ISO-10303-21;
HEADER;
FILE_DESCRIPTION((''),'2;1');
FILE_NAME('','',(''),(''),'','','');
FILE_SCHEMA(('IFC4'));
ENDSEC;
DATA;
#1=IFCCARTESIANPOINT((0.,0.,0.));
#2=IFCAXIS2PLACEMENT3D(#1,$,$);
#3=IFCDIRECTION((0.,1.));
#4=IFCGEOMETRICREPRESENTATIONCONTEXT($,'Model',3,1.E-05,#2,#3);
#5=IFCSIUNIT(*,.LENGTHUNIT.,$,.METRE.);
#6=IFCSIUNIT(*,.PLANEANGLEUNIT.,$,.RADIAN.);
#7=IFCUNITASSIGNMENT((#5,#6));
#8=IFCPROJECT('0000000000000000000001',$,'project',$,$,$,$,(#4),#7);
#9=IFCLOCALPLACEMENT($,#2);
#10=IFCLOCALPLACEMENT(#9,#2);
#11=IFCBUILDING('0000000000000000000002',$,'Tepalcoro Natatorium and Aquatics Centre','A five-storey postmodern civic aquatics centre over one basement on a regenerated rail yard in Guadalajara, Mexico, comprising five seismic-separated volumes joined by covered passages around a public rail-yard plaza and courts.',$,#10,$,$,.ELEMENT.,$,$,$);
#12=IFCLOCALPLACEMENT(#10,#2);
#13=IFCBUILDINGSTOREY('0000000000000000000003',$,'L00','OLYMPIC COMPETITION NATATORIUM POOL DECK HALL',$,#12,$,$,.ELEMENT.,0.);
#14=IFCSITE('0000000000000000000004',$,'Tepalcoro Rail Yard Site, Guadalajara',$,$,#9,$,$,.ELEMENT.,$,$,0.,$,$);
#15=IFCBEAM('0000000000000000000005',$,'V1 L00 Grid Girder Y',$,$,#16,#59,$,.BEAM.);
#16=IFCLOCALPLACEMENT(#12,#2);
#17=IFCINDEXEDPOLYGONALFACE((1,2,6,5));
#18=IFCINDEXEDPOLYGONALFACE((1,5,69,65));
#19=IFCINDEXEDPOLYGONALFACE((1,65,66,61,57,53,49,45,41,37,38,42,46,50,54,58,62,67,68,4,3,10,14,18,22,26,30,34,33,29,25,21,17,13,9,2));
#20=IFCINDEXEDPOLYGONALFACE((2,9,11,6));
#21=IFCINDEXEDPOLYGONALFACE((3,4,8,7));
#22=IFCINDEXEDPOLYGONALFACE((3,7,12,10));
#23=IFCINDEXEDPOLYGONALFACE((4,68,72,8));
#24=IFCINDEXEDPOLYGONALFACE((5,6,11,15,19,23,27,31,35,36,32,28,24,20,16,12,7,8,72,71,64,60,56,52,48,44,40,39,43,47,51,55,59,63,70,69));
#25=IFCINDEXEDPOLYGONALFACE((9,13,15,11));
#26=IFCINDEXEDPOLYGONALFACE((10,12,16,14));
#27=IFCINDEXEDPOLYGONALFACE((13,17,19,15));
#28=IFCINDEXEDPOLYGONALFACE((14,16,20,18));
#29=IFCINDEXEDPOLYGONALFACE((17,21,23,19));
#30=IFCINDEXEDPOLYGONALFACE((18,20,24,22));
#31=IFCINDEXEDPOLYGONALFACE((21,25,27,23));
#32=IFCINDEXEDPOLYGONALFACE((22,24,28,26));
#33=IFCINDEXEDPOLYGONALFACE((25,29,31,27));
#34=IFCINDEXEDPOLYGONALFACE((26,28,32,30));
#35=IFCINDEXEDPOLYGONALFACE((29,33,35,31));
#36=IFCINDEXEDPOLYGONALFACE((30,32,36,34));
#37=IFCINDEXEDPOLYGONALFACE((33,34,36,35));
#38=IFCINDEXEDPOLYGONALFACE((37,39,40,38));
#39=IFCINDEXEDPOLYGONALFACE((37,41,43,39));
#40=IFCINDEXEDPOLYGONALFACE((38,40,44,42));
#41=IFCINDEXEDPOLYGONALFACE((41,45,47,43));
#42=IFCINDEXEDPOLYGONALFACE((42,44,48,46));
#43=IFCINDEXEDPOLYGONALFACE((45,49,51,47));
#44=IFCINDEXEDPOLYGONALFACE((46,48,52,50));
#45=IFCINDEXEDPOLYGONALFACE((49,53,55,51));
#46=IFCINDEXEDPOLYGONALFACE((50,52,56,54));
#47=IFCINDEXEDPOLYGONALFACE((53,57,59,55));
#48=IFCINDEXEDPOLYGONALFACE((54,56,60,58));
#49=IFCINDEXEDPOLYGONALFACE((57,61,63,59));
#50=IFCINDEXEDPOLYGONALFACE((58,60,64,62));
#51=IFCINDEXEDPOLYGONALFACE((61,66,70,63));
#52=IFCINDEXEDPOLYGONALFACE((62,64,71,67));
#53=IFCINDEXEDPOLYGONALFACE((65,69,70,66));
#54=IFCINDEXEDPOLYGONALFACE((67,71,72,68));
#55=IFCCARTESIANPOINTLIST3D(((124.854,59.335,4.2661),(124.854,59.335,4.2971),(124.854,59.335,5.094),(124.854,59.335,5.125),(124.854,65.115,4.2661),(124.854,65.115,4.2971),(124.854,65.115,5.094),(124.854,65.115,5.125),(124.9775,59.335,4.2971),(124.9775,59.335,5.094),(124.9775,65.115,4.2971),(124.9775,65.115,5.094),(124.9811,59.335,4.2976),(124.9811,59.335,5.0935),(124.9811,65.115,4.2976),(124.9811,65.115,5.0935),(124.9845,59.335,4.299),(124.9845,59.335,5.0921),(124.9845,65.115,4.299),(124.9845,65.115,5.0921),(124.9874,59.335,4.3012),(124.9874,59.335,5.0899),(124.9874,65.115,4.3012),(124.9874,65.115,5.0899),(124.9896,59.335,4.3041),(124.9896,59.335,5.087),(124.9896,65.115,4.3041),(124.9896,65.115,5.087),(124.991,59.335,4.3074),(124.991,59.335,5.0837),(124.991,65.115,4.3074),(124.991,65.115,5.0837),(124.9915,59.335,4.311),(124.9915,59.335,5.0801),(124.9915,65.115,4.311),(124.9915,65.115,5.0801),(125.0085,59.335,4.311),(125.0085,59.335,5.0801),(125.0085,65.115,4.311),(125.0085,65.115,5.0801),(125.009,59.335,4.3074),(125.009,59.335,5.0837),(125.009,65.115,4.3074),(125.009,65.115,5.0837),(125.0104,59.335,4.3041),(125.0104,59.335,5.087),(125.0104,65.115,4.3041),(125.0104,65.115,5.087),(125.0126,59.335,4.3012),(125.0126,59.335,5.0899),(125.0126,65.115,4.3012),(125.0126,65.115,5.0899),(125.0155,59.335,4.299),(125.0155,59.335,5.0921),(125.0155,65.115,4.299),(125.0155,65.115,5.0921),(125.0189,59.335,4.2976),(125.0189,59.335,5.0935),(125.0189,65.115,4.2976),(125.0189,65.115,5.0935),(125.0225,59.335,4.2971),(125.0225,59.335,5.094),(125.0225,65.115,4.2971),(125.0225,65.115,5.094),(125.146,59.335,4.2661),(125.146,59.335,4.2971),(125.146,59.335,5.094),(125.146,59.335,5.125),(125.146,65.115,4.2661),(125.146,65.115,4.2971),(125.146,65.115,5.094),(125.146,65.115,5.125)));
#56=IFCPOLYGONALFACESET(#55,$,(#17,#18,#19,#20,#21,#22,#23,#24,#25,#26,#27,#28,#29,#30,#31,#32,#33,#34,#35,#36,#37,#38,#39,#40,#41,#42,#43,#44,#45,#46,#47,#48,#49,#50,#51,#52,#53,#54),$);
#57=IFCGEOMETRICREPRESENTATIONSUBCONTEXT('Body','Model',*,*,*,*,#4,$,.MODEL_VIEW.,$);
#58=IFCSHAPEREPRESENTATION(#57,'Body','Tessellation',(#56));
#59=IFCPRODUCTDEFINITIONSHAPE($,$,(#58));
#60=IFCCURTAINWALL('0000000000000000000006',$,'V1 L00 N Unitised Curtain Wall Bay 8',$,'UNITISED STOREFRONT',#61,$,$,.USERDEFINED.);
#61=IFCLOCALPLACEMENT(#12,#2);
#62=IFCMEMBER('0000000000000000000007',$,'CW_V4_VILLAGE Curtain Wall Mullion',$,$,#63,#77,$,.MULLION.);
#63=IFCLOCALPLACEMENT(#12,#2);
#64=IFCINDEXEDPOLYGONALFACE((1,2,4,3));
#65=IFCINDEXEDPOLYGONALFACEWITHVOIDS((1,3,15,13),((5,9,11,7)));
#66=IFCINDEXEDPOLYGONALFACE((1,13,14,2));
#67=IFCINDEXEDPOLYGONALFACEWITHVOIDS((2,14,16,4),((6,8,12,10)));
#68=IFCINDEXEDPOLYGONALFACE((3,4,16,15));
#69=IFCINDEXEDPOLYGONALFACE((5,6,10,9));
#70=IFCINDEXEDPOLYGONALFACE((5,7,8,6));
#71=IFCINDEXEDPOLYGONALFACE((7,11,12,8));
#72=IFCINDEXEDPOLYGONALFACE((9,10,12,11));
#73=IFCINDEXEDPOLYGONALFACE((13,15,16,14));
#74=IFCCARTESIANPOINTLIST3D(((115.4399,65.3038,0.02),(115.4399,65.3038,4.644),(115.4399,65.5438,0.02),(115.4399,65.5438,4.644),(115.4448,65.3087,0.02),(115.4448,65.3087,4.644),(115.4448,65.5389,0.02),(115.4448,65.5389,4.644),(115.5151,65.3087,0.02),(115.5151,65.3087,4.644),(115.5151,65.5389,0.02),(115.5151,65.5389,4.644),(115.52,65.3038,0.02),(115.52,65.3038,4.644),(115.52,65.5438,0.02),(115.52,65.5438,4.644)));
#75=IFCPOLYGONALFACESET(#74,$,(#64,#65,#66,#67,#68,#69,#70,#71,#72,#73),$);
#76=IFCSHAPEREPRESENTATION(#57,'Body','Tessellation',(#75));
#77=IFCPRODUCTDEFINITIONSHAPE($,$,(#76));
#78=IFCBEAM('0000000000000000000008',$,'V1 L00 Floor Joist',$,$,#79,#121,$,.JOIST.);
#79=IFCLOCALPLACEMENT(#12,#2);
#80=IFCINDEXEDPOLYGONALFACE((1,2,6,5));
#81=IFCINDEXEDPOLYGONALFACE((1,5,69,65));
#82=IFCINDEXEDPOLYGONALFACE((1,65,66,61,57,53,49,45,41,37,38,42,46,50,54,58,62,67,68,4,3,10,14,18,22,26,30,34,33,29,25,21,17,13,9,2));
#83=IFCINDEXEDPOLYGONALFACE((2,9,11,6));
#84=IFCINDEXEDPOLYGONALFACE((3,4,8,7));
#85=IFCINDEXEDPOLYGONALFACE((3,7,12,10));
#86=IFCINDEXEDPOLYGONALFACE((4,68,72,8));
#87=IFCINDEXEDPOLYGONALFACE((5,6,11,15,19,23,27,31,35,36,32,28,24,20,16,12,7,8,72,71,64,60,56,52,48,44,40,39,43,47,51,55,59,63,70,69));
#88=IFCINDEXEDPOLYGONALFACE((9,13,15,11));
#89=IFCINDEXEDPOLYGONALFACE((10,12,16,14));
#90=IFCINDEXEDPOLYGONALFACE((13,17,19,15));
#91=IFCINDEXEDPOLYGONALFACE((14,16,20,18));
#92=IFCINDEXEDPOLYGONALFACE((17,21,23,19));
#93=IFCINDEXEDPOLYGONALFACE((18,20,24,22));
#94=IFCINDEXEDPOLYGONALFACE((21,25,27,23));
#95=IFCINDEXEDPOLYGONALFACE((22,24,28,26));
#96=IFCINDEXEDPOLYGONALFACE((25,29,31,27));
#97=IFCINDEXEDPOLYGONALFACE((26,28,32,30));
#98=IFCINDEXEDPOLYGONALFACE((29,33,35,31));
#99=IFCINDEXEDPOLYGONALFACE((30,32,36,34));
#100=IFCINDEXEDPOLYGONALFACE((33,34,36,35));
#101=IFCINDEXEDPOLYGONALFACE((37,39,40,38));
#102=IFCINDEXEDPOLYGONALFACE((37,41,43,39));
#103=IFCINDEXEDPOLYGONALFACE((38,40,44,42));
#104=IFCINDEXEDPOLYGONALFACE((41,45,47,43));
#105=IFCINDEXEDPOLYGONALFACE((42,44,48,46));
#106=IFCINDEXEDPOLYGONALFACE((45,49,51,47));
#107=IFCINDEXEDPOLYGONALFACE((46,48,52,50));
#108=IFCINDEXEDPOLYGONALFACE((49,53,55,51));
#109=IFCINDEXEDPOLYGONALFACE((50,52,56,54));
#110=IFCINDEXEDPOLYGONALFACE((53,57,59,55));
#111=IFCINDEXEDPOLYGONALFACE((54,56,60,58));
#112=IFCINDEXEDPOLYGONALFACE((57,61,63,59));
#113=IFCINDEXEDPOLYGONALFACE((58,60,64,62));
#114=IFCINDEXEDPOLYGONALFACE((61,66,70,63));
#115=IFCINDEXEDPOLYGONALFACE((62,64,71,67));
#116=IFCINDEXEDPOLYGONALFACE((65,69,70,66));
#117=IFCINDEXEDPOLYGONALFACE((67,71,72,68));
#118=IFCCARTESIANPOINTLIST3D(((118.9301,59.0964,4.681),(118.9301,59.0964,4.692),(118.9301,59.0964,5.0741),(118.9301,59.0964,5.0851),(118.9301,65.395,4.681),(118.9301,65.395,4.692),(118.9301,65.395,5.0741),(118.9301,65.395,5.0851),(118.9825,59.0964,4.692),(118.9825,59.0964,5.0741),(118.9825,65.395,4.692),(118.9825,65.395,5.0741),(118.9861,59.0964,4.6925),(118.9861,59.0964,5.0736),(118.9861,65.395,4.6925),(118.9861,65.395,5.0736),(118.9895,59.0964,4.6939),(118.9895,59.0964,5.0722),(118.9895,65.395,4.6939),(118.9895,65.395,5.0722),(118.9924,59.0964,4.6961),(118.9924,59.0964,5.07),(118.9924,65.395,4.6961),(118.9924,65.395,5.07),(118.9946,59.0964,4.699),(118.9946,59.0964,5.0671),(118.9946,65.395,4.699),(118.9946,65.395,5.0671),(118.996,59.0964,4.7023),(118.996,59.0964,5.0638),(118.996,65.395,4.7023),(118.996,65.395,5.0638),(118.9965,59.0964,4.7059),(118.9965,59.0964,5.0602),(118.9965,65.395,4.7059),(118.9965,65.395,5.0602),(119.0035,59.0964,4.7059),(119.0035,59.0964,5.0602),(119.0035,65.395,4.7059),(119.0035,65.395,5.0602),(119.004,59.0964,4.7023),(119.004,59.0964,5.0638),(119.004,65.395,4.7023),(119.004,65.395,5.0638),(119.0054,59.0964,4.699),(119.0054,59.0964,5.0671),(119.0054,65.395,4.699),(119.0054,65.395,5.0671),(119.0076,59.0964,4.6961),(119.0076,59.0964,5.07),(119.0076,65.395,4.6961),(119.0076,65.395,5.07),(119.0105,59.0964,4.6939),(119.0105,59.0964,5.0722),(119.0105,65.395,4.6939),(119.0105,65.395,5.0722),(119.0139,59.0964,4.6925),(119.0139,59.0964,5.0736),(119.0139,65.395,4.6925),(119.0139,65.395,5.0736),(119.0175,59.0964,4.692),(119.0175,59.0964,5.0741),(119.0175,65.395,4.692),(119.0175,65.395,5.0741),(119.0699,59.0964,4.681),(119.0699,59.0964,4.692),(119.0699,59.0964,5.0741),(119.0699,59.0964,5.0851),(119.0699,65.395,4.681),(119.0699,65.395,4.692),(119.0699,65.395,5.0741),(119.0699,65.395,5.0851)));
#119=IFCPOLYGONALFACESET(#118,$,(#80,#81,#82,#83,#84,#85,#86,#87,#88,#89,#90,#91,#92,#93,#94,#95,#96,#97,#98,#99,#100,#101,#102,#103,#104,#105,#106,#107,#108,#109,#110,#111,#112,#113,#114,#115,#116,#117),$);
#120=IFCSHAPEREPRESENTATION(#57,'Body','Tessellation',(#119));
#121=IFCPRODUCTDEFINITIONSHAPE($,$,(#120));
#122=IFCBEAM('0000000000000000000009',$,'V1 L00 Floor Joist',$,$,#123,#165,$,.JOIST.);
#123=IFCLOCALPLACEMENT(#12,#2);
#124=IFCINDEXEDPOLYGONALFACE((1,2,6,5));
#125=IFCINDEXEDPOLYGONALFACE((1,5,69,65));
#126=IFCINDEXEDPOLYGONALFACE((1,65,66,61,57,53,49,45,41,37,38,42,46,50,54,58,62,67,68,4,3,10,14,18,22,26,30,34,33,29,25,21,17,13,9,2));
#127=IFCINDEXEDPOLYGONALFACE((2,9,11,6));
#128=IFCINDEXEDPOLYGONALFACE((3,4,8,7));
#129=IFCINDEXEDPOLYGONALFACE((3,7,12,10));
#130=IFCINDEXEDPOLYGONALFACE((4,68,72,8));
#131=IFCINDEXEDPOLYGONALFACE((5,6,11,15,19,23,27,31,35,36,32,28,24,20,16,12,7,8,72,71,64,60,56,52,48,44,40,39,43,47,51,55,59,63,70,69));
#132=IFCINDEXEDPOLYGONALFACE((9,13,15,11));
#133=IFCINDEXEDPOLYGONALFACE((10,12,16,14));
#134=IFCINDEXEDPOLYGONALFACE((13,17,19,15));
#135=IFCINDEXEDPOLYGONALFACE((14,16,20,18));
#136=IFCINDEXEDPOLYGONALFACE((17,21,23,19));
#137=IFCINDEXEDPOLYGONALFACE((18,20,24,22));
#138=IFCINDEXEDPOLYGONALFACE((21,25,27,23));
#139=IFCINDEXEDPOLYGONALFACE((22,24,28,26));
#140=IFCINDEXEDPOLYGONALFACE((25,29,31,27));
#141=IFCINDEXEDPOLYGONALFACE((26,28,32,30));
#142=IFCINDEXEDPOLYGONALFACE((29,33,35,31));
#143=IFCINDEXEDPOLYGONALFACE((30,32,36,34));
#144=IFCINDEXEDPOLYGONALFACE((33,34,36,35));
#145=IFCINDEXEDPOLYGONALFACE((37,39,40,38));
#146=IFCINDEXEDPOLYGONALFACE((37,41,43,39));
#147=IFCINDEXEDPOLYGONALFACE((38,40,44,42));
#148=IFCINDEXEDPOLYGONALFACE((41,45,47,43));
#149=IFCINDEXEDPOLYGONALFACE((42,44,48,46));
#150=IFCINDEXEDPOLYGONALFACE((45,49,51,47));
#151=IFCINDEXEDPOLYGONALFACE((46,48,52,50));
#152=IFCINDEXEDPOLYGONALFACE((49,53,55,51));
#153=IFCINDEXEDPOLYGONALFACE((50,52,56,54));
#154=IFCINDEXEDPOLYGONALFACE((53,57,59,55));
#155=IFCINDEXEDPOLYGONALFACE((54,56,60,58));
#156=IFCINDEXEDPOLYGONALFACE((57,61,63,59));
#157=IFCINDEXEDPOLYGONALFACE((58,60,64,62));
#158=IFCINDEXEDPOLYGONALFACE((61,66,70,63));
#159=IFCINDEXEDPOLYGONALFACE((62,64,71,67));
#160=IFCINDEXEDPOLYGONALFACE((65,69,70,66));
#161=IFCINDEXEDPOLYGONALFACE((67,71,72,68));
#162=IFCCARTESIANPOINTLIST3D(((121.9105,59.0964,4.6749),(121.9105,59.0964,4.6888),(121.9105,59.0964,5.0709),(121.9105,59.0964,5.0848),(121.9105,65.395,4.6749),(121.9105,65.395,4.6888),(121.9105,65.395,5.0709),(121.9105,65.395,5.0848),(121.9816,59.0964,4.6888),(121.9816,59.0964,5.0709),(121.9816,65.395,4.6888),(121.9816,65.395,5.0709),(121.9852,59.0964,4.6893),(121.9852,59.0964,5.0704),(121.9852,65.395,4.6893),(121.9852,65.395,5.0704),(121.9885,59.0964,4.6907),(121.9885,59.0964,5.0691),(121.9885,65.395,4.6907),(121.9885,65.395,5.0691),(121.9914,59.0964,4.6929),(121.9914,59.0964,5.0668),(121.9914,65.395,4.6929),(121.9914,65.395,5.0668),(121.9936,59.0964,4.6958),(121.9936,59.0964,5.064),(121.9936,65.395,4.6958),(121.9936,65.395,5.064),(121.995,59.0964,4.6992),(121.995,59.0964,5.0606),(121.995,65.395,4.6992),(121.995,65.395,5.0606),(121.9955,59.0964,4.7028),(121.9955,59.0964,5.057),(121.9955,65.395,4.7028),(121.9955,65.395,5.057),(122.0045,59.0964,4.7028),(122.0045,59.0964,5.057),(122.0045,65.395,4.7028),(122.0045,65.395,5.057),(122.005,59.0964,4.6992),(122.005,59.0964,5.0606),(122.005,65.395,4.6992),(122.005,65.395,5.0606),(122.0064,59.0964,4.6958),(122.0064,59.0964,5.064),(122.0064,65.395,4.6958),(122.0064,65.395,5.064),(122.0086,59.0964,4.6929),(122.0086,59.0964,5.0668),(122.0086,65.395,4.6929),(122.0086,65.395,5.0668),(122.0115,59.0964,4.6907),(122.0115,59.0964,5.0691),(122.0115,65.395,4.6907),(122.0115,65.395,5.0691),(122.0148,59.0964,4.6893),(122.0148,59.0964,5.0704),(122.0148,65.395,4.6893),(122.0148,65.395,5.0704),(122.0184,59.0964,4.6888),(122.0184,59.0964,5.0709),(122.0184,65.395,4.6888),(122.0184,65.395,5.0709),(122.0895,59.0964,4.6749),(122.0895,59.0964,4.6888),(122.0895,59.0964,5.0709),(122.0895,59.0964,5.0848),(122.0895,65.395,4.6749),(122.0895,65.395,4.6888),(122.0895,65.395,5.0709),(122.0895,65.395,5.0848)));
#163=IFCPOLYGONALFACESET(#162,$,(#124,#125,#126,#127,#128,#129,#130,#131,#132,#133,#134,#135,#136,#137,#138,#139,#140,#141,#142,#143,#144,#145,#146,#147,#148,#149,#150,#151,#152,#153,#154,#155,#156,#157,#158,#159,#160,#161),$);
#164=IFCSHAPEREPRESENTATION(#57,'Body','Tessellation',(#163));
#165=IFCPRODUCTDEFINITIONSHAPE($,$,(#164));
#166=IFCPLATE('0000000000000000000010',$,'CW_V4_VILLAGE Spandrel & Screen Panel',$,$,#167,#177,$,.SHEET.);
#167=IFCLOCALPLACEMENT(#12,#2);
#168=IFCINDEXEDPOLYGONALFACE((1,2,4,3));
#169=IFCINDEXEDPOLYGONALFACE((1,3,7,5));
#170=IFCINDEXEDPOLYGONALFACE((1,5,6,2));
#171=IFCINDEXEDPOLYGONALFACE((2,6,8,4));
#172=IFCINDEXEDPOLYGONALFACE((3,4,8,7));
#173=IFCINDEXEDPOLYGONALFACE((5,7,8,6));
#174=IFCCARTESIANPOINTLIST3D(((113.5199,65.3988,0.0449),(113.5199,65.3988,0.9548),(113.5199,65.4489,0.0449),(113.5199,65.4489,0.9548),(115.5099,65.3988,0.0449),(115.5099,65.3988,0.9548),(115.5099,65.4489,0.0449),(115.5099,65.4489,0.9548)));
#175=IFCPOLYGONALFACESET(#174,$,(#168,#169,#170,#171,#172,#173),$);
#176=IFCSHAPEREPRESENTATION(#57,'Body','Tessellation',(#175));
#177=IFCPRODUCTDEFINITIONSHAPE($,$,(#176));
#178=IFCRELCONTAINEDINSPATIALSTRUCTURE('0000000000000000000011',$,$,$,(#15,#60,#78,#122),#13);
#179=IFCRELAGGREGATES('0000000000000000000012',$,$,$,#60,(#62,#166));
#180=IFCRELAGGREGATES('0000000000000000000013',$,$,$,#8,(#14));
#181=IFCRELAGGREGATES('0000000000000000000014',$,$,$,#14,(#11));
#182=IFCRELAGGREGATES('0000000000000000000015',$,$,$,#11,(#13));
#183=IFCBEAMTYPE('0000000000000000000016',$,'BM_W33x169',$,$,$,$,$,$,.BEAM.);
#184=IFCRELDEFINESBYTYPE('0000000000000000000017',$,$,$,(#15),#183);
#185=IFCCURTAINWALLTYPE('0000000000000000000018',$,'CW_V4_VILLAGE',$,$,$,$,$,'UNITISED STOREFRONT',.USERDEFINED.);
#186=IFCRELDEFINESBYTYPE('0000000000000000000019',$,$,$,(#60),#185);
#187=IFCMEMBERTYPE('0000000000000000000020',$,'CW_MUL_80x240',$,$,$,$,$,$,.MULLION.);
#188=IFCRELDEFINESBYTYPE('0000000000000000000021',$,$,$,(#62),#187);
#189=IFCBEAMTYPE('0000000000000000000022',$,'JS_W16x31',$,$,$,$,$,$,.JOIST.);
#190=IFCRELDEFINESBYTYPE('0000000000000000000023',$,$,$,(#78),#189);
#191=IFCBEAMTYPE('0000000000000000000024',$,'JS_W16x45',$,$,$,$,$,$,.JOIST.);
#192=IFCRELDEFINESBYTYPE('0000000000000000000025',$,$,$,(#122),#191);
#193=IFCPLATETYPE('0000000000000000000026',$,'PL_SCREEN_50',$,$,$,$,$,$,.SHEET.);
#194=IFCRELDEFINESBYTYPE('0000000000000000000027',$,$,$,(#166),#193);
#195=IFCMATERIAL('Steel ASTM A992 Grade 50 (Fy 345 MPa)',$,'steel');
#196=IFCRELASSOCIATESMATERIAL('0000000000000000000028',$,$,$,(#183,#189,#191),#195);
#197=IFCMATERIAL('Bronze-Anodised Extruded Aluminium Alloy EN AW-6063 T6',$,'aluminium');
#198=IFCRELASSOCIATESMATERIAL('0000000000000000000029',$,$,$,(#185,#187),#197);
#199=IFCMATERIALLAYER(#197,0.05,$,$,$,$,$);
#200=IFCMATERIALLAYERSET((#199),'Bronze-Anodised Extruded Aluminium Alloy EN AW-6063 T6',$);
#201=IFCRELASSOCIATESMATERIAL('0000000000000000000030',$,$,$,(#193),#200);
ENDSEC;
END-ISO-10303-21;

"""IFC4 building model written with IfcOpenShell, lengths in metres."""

from ifc_helpers import new_model, si_unit, direction, frame, origin, origin_2d, place, context, subcontext, project, spatial, rectangle, hollow_rectangle, i_section, extrude, material, layer, layer_set, material_profile, profile_set, type_object, element, aggregate, save


model = new_model("IFC4")

# Units and contexts
model_context = context("Model", 3, precision=1e-05, world=origin(), true_north=direction((0.0, 1.0)))
body_context = subcontext(model_context, "Body", "Model", "MODEL_VIEW")
ifc_project = project(units=[si_unit("LENGTHUNIT", "METRE"), si_unit("PLANEANGLEUNIT", "RADIAN")], contexts=[model_context])

# Site, building, storey
site_placement = place(None, origin())
site = spatial("IfcSite", under=ifc_project, at=site_placement, Name="Tepalcoro Rail Yard Site, Guadalajara", CompositionType="ELEMENT", RefElevation=0.0)
building_placement = place(site_placement, origin())
building = spatial("IfcBuilding", under=site, at=building_placement, Name="Tepalcoro Natatorium and Aquatics Centre", Description="A five-storey postmodern civic aquatics centre over one basement on a regenerated rail yard in Guadalajara, Mexico, comprising five seismic-separated volumes joined by covered passages around a public rail-yard plaza and courts.", CompositionType="ELEMENT")
storey_placement = place(building_placement, origin())
storey = spatial("IfcBuildingStorey", under=building, at=storey_placement, Name="L00", Description="OLYMPIC COMPETITION NATATORIUM POOL DECK HALL", CompositionType="ELEMENT", Elevation=0.0)

# Beam
ifc_material_1 = material(Name="Steel ASTM A992 Grade 50 (Fy 345 MPa)", Category="steel")
ifc_material_profile_1 = material_profile(ifc_material_1, i_section(OverallWidth=0.292, OverallDepth=0.8589, WebThickness=0.0171, FlangeThickness=0.031, FilletRadius=0.0139, at=origin_2d()), Name="W33X169")
ifc_profile_set_1 = profile_set([ifc_material_profile_1], Name="Steel ASTM A992 Grade 50 (Fy 345 MPa)")
beam_type_1 = type_object("IfcBeamType", Name="BM_W33x169", PredefinedType="BEAM", material=ifc_profile_set_1)
beam_1_placement = place(storey_placement, frame((125.0, 59.335, 4.6956), z_axis=(0.0, 1.0, 0.0), x_axis=(-1.0, 0.0, 0.0)))
element("IfcBeam", 1, at=beam_1_placement, inside=storey, type_object=beam_type_1, Name="V1 L00 Grid Girder Y", PredefinedType="BEAM", context=body_context, shape_type="SweptSolid", body=[
    extrude(i_section(OverallWidth=0.292, OverallDepth=0.8589, WebThickness=0.0171, FlangeThickness=0.031, FilletRadius=0.0139, at=origin_2d()), origin(), (0.0, 0.0, 1.0), 5.78),
])

# Curtain wall, member
ifc_material_2 = material(Name="Bronze-Anodised Extruded Aluminium Alloy EN AW-6063 T6", Category="aluminium")
curtain_wall_type = type_object("IfcCurtainWallType", Name="CW_V4_VILLAGE", ElementType="UNITISED STOREFRONT", PredefinedType="USERDEFINED", material=ifc_material_2)
curtain_wall_placement = place(storey_placement, origin())
curtain_wall = element("IfcCurtainWall", 2, at=curtain_wall_placement, inside=storey, type_object=curtain_wall_type, Name="V1 L00 N Unitised Curtain Wall Bay 8", ObjectType="UNITISED STOREFRONT", PredefinedType="USERDEFINED")
ifc_material_profile_2 = material_profile(ifc_material_2, hollow_rectangle(XDim=0.0801, YDim=0.24, WallThickness=0.0049, at=origin_2d()), Name="AL80X240X5")
ifc_profile_set_2 = profile_set([ifc_material_profile_2], Name="Bronze-Anodised Extruded Aluminium Alloy EN AW-6063 T6")
member_type = type_object("IfcMemberType", Name="CW_MUL_80x240", PredefinedType="MULLION", material=ifc_profile_set_2)
member_placement = place(storey_placement, frame((115.48, 65.4238, 0.02), z_axis=(0.0, 0.0, 1.0), x_axis=(1.0, 0.0, 0.0)))
member = element("IfcMember", 3, at=member_placement, type_object=member_type, Name="CW_V4_VILLAGE Curtain Wall Mullion", PredefinedType="MULLION", context=body_context, shape_type="SweptSolid", body=[
    extrude(hollow_rectangle(XDim=0.0801, YDim=0.24, WallThickness=0.0049, at=origin_2d()), origin(), (0.0, 0.0, 1.0), 4.624),
])

# Beams
ifc_material_profile_3 = material_profile(ifc_material_1, i_section(OverallWidth=0.1399, OverallDepth=0.4041, WebThickness=0.0071, FlangeThickness=0.011, FilletRadius=0.0139, at=origin_2d()), Name="W16X31")
ifc_profile_set_3 = profile_set([ifc_material_profile_3], Name="Steel ASTM A992 Grade 50 (Fy 345 MPa)")
beam_type_2 = type_object("IfcBeamType", Name="JS_W16x31", PredefinedType="JOIST", material=ifc_profile_set_3)
beam_2_placement = place(storey_placement, frame((119.0, 59.0964, 4.8831), z_axis=(0.0, 1.0, 0.0), x_axis=(-1.0, 0.0, 0.0)))
element("IfcBeam", 4, at=beam_2_placement, inside=storey, type_object=beam_type_2, Name="V1 L00 Floor Joist", PredefinedType="JOIST", context=body_context, shape_type="SweptSolid", body=[
    extrude(i_section(OverallWidth=0.1399, OverallDepth=0.4041, WebThickness=0.0071, FlangeThickness=0.011, FilletRadius=0.0139, at=origin_2d()), origin(), (0.0, 0.0, 1.0), 6.2986),
])
ifc_material_profile_4 = material_profile(ifc_material_1, i_section(OverallWidth=0.179, OverallDepth=0.4099, WebThickness=0.009, FlangeThickness=0.0139, FilletRadius=0.0139, at=origin_2d()), Name="W16X45")
ifc_profile_set_4 = profile_set([ifc_material_profile_4], Name="Steel ASTM A992 Grade 50 (Fy 345 MPa)")
beam_type_3 = type_object("IfcBeamType", Name="JS_W16x45", PredefinedType="JOIST", material=ifc_profile_set_4)
beam_3_placement = place(storey_placement, frame((122.0, 59.0964, 4.8799), z_axis=(0.0, 1.0, 0.0), x_axis=(-1.0, 0.0, 0.0)))
element("IfcBeam", 5, at=beam_3_placement, inside=storey, type_object=beam_type_3, Name="V1 L00 Floor Joist", PredefinedType="JOIST", context=body_context, shape_type="SweptSolid", body=[
    extrude(i_section(OverallWidth=0.179, OverallDepth=0.4099, WebThickness=0.009, FlangeThickness=0.0139, FilletRadius=0.0139, at=origin_2d()), origin(), (0.0, 0.0, 1.0), 6.2986),
])

# Plate
ifc_layer_1 = layer(ifc_material_2, 0.05)
ifc_layer_set_1 = layer_set([ifc_layer_1], Name="Bronze-Anodised Extruded Aluminium Alloy EN AW-6063 T6")
plate_type = type_object("IfcPlateType", Name="PL_SCREEN_50", PredefinedType="SHEET", material=ifc_layer_set_1)
plate_placement = place(storey_placement, frame((114.5149, 65.4238, 0.0449), z_axis=(0.0, 0.0, 1.0), x_axis=(1.0, 0.0, 0.0)))
plate = element("IfcPlate", 6, at=plate_placement, type_object=plate_type, Name="CW_V4_VILLAGE Spandrel & Screen Panel", PredefinedType="SHEET", context=body_context, shape_type="SweptSolid", body=[
    extrude(rectangle(XDim=1.99, YDim=0.05, at=origin_2d()), origin(), (0.0, 0.0, 1.0), 0.9099),
])
aggregate(curtain_wall, [member, plate])

save(model, "model.ifc")
